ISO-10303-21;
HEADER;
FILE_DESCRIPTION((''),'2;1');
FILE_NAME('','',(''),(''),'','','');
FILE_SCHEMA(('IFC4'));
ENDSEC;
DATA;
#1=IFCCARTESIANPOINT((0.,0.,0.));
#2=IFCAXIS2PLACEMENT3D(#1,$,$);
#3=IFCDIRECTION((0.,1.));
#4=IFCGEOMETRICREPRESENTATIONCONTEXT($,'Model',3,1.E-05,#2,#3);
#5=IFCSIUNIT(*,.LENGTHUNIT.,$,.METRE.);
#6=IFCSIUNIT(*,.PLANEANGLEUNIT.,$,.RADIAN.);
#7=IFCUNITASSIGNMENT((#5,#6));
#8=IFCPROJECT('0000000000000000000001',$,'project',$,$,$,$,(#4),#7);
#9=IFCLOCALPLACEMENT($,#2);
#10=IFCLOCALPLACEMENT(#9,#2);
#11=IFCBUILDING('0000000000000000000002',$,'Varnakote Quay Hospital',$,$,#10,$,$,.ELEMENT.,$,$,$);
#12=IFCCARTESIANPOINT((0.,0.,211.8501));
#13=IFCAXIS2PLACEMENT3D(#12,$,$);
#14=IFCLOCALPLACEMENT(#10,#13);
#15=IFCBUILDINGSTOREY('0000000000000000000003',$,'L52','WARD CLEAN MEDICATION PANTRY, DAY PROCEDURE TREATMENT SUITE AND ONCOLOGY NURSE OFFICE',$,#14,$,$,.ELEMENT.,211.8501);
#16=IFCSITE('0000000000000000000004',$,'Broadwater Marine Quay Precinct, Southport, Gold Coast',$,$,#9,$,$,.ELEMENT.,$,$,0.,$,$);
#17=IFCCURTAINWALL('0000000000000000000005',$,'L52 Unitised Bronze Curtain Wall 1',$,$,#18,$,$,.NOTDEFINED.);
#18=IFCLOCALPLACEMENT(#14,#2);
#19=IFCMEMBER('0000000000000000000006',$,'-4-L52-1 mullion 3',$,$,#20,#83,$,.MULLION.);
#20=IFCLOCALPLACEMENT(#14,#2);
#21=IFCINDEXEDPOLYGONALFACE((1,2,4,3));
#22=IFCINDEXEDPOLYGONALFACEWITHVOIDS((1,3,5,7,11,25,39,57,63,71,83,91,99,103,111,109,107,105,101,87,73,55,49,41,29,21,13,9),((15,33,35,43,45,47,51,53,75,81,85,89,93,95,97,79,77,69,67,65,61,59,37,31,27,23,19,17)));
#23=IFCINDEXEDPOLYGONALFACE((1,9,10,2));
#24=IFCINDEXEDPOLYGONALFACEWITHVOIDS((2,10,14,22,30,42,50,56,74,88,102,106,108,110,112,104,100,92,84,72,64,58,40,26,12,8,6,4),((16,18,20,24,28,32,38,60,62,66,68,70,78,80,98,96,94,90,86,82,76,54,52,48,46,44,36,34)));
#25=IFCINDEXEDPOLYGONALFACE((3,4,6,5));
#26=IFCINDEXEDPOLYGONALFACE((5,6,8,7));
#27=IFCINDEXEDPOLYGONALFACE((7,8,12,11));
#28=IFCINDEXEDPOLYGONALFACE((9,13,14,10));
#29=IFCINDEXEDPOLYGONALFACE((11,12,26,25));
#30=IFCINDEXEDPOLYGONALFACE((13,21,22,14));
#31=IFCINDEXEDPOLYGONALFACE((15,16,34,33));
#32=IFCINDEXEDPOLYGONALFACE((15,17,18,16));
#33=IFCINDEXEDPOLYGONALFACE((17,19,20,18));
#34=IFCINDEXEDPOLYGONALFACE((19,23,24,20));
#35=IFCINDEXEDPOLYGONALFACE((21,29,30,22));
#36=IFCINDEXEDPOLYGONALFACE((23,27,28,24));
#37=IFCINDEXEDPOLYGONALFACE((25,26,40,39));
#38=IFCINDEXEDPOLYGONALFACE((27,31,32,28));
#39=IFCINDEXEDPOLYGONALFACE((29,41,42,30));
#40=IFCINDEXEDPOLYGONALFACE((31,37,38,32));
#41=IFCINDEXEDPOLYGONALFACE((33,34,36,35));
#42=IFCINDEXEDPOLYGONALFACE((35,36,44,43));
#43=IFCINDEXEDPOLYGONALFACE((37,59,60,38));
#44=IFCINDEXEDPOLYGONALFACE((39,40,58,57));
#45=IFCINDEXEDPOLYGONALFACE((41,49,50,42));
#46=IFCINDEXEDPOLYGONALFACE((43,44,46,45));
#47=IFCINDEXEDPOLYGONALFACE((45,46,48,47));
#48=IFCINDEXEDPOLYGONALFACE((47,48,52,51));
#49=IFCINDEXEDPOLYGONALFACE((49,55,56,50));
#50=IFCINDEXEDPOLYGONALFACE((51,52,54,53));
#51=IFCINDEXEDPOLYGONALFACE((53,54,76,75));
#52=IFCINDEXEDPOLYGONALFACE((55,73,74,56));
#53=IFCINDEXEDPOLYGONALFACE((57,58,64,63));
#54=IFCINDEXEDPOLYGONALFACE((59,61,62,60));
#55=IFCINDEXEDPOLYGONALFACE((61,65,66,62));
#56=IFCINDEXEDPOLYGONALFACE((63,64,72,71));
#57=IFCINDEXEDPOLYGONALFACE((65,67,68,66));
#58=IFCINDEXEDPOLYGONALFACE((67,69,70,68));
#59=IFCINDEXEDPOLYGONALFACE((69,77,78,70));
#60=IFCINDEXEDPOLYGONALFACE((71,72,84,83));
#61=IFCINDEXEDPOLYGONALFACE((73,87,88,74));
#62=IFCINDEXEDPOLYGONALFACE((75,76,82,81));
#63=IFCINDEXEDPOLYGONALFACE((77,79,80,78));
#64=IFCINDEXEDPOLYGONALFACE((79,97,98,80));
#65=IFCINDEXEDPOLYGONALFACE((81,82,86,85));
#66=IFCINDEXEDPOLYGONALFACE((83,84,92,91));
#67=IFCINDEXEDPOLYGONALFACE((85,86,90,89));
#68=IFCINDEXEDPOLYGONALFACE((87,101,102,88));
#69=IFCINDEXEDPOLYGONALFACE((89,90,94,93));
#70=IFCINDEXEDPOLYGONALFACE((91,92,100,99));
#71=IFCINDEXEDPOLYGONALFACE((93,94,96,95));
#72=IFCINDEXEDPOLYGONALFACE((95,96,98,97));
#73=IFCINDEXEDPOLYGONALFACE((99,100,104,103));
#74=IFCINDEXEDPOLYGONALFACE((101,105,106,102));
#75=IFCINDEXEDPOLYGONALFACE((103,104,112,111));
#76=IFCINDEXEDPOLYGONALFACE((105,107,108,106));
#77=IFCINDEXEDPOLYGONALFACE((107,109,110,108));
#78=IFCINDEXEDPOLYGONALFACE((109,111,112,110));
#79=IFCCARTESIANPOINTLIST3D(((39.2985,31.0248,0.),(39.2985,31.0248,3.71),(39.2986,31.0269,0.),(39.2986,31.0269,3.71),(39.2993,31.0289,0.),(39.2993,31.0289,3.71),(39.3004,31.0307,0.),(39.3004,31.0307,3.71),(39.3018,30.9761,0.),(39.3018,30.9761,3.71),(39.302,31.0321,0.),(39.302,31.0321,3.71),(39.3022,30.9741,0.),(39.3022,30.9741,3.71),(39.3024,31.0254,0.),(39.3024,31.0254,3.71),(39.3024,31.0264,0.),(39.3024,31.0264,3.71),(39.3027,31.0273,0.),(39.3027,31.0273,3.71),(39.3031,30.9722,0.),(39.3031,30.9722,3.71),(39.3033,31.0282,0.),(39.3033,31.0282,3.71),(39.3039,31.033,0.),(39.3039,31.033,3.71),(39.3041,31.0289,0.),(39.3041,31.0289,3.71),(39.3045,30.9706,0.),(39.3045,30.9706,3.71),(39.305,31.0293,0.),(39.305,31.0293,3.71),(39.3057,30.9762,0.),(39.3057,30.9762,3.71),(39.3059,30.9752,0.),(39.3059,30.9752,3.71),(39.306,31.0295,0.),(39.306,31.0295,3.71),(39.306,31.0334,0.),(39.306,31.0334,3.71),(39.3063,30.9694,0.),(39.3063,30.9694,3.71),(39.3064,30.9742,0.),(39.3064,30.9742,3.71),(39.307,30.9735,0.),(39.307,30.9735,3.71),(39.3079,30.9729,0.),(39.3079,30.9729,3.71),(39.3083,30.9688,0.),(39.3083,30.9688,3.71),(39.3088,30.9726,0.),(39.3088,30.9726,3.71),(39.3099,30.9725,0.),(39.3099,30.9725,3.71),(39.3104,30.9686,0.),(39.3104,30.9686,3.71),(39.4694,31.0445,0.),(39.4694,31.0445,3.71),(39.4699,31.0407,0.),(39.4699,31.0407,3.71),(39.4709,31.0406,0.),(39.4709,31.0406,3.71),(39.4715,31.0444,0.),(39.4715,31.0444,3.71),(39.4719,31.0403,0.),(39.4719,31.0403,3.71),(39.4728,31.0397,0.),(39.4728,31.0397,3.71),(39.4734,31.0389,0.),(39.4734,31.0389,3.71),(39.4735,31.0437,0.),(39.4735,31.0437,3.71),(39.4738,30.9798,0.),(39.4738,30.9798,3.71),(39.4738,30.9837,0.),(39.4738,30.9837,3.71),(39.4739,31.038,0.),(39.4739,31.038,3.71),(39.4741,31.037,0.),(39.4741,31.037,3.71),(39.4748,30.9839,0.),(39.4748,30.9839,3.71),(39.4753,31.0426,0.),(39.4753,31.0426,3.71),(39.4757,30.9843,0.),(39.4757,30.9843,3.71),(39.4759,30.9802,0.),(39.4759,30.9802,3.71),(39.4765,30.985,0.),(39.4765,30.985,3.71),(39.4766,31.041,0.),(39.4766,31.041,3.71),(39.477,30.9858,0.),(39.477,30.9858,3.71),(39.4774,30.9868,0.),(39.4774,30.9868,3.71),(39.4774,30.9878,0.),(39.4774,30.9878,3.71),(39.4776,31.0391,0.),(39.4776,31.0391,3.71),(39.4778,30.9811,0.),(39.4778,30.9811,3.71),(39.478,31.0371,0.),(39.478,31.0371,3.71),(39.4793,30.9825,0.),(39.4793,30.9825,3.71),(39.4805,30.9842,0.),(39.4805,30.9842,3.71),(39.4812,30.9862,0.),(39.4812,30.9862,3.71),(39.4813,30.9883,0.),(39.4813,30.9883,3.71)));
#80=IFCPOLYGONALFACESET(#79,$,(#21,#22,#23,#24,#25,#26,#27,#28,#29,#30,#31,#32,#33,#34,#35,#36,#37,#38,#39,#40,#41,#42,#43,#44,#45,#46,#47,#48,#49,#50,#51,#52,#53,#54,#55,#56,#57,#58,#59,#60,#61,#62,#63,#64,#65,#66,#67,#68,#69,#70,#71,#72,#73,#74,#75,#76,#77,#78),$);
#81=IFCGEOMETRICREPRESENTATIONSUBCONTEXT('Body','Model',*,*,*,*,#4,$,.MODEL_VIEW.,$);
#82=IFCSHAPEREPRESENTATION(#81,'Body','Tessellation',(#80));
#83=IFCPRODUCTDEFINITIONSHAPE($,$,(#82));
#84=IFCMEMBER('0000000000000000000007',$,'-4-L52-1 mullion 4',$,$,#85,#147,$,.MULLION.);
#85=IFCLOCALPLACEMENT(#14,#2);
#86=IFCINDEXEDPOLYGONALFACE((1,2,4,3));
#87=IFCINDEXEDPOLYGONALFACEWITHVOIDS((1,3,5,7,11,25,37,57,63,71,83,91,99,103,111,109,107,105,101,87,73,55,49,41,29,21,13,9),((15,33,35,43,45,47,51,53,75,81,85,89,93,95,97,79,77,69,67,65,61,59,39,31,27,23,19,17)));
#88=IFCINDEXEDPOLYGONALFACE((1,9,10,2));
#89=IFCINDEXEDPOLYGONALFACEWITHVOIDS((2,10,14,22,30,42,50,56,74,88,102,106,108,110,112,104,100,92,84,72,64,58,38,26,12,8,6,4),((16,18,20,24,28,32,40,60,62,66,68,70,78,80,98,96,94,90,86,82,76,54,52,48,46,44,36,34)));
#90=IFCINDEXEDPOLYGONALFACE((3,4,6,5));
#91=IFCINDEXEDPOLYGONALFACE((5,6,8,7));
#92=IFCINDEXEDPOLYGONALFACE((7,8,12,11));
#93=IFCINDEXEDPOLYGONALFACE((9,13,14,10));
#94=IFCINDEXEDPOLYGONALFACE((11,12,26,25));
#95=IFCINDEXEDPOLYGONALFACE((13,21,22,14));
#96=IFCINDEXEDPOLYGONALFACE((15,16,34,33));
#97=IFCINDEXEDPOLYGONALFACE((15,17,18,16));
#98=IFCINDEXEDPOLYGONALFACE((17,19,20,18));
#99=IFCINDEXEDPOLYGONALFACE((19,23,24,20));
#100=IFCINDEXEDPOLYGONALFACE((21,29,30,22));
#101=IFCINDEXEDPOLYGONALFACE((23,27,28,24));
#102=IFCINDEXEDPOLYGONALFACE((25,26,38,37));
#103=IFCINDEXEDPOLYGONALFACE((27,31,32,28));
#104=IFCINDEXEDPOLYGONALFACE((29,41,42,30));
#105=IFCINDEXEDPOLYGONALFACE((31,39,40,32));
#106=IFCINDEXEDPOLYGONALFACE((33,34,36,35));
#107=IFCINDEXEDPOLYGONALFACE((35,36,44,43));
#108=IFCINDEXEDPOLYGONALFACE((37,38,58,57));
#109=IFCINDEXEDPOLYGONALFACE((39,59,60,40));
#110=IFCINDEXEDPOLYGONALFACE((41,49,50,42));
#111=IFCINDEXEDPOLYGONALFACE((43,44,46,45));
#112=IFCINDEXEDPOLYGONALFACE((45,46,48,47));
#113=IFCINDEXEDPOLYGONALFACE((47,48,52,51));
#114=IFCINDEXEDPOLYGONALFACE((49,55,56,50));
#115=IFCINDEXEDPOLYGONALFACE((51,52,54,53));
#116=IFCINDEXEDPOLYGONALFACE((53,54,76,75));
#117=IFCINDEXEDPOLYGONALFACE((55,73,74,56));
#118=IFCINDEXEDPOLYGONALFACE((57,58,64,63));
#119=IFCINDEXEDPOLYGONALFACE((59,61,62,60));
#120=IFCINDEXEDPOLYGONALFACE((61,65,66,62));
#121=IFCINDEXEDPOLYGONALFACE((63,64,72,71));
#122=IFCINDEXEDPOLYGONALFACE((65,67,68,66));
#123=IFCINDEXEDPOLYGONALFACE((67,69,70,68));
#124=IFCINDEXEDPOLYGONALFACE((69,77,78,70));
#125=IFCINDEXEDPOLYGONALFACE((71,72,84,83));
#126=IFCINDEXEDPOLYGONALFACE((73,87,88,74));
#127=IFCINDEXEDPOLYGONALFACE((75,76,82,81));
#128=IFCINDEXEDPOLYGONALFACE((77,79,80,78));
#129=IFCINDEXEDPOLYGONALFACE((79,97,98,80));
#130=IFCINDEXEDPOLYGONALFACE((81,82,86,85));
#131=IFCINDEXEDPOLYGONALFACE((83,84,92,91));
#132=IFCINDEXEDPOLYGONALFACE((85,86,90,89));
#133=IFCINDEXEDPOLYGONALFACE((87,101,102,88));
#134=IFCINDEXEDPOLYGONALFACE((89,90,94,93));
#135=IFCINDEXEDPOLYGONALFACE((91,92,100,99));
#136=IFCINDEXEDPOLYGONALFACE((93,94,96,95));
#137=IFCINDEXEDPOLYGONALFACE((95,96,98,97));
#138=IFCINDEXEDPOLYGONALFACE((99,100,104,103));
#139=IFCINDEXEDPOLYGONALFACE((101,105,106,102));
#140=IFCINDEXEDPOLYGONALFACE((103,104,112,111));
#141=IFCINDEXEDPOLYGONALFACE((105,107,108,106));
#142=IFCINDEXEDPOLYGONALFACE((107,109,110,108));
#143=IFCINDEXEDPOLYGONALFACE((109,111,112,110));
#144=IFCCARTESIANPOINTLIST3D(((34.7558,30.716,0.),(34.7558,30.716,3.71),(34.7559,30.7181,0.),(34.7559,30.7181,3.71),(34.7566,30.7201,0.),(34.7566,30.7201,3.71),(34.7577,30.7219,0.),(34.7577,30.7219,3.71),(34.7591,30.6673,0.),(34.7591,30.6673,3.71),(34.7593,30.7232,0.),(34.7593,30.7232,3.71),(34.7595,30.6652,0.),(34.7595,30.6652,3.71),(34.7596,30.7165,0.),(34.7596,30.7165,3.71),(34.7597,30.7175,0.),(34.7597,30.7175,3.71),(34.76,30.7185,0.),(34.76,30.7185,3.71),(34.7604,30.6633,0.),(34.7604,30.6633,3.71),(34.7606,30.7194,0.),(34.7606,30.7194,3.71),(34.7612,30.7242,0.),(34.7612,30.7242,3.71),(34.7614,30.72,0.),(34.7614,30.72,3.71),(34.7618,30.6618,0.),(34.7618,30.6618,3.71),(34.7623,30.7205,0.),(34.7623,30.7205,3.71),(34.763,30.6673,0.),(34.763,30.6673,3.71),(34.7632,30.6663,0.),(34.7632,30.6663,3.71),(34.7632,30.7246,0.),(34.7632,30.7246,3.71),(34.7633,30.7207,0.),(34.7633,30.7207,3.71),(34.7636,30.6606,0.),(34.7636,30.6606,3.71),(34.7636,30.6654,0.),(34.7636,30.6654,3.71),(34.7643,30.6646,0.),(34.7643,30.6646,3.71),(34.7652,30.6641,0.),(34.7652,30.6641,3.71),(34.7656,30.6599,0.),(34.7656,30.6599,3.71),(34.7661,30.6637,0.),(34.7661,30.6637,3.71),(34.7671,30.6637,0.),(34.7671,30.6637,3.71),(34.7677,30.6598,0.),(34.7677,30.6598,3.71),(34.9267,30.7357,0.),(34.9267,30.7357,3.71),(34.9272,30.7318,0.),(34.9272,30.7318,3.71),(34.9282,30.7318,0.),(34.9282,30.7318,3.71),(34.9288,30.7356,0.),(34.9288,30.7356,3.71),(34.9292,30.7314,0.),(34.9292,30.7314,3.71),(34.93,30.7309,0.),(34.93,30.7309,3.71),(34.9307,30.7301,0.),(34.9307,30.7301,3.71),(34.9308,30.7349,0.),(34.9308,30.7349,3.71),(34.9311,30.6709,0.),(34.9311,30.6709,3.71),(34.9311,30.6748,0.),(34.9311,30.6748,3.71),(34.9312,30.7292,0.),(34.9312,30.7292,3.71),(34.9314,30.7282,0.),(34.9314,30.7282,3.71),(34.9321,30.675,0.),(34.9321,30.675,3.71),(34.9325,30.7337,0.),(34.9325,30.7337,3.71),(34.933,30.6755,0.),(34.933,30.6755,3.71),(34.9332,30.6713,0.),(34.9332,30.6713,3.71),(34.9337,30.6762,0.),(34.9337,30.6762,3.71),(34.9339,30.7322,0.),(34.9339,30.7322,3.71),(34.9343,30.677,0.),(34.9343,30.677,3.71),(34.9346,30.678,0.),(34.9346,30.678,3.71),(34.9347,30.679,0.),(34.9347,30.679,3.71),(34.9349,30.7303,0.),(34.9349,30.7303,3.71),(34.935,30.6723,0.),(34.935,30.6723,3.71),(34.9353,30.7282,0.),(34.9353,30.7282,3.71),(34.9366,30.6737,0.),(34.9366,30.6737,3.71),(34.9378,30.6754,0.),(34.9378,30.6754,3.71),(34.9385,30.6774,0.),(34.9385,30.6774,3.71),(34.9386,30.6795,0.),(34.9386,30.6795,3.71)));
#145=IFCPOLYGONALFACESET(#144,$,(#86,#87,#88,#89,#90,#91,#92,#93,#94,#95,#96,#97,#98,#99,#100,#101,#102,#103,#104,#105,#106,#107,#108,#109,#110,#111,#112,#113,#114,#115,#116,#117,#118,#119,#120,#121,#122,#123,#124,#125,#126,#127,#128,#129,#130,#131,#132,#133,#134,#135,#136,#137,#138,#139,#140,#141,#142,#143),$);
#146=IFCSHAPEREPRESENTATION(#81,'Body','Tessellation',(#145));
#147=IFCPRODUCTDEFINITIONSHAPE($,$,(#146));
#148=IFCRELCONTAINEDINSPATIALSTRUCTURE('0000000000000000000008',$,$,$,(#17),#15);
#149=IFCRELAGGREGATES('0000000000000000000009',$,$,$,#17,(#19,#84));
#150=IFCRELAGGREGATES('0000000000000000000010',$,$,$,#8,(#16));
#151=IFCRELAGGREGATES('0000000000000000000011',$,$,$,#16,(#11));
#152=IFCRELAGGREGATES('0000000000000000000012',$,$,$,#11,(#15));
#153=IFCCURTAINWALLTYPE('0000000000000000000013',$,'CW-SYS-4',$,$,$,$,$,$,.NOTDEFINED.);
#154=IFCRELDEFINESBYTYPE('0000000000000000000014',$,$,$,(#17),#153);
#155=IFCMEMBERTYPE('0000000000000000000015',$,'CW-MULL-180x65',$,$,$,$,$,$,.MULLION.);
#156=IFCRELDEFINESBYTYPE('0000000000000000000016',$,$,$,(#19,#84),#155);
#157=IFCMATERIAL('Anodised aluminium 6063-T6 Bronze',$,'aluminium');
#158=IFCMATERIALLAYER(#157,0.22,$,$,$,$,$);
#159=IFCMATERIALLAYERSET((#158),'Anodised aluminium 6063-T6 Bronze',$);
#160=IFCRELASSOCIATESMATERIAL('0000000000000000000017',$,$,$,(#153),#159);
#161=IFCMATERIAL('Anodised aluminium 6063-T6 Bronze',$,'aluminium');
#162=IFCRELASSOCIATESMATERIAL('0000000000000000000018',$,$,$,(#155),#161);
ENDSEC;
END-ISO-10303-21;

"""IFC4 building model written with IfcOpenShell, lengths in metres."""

from ifc_helpers import new_model, si_unit, direction, frame, origin, origin_2d, place, context, subcontext, project, spatial, hollow_rectangle, extrude, material, layer, layer_set, material_profile, profile_set, type_object, element, aggregate, save


model = new_model("IFC4")

# Units and contexts
model_context = context("Model", 3, precision=1e-05, world=origin(), true_north=direction((0.0, 1.0)))
body_context = subcontext(model_context, "Body", "Model", "MODEL_VIEW")
ifc_project = project(units=[si_unit("LENGTHUNIT", "METRE"), si_unit("PLANEANGLEUNIT", "RADIAN")], contexts=[model_context])

# Site, building, storey
site_placement = place(None, origin())
site = spatial("IfcSite", under=ifc_project, at=site_placement, Name="Broadwater Marine Quay Precinct, Southport, Gold Coast", CompositionType="ELEMENT", RefElevation=0.0)
building_placement = place(site_placement, origin())
building = spatial("IfcBuilding", under=site, at=building_placement, Name="Varnakote Quay Hospital", CompositionType="ELEMENT")
storey_placement = place(building_placement, frame((0.0, 0.0, 211.8501)))
storey = spatial("IfcBuildingStorey", under=building, at=storey_placement, Name="L52", Description="WARD CLEAN MEDICATION PANTRY, DAY PROCEDURE TREATMENT SUITE AND ONCOLOGY NURSE OFFICE", CompositionType="ELEMENT", Elevation=211.8501)

# Curtain wall, members
ifc_material_1 = material(Name="Anodised aluminium 6063-T6 Bronze", Category="aluminium")
ifc_layer_1 = layer(ifc_material_1, 0.22)
ifc_layer_set_1 = layer_set([ifc_layer_1], Name="Anodised aluminium 6063-T6 Bronze")
curtain_wall_type = type_object("IfcCurtainWallType", Name="CW-SYS-4", PredefinedType="NOTDEFINED", material=ifc_layer_set_1)
curtain_wall_placement = place(storey_placement, origin())
curtain_wall = element("IfcCurtainWall", 1, at=curtain_wall_placement, inside=storey, type_object=curtain_wall_type, Name="L52 Unitised Bronze Curtain Wall 1", PredefinedType="NOTDEFINED")
ifc_material_2 = material(Name="Anodised aluminium 6063-T6 Bronze", Category="aluminium")
ifc_material_profile_1 = material_profile(ifc_material_2, hollow_rectangle(XDim=0.0649, YDim=0.1799, WallThickness=0.0039, InnerFilletRadius=0.0039, OuterFilletRadius=0.0081, at=origin_2d()), Name="CW-MULL-180x65")
ifc_profile_set_1 = profile_set([ifc_material_profile_1], Name="Anodised aluminium 6063-T6 Bronze")
member_type_1 = type_object("IfcMemberType", Name="CW-MULL-180x65", PredefinedType="MULLION", material=ifc_profile_set_1)
member_1_placement = place(storey_placement, frame((39.3899, 31.0066, 0.0), z_axis=(0.0, 0.0, 1.0), x_axis=(0.067842, -0.997696, 0.0)))
member_1 = element("IfcMember", 2, at=member_1_placement, type_object=member_type_1, Name="-4-L52-1 mullion 3", PredefinedType="MULLION", context=body_context, shape_type="SweptSolid", body=[
    extrude(hollow_rectangle(XDim=0.0649, YDim=0.1799, WallThickness=0.0039, InnerFilletRadius=0.0039, OuterFilletRadius=0.0081, at=origin_2d()), origin(), (0.0, 0.0, 1.0), 3.71),
])
member_2_placement = place(storey_placement, frame((34.8472, 30.6978, 0.0), z_axis=(0.0, 0.0, 1.0), x_axis=(0.067842, -0.997696, 0.0)))
member_2 = element("IfcMember", 3, at=member_2_placement, type_object=member_type_1, Name="-4-L52-1 mullion 4", PredefinedType="MULLION", context=body_context, shape_type="SweptSolid", body=[
    extrude(hollow_rectangle(XDim=0.0649, YDim=0.1799, WallThickness=0.0039, InnerFilletRadius=0.0039, OuterFilletRadius=0.0081, at=origin_2d()), origin(), (0.0, 0.0, 1.0), 3.71),
])
aggregate(curtain_wall, [member_1, member_2])

save(model, "model.ifc")
